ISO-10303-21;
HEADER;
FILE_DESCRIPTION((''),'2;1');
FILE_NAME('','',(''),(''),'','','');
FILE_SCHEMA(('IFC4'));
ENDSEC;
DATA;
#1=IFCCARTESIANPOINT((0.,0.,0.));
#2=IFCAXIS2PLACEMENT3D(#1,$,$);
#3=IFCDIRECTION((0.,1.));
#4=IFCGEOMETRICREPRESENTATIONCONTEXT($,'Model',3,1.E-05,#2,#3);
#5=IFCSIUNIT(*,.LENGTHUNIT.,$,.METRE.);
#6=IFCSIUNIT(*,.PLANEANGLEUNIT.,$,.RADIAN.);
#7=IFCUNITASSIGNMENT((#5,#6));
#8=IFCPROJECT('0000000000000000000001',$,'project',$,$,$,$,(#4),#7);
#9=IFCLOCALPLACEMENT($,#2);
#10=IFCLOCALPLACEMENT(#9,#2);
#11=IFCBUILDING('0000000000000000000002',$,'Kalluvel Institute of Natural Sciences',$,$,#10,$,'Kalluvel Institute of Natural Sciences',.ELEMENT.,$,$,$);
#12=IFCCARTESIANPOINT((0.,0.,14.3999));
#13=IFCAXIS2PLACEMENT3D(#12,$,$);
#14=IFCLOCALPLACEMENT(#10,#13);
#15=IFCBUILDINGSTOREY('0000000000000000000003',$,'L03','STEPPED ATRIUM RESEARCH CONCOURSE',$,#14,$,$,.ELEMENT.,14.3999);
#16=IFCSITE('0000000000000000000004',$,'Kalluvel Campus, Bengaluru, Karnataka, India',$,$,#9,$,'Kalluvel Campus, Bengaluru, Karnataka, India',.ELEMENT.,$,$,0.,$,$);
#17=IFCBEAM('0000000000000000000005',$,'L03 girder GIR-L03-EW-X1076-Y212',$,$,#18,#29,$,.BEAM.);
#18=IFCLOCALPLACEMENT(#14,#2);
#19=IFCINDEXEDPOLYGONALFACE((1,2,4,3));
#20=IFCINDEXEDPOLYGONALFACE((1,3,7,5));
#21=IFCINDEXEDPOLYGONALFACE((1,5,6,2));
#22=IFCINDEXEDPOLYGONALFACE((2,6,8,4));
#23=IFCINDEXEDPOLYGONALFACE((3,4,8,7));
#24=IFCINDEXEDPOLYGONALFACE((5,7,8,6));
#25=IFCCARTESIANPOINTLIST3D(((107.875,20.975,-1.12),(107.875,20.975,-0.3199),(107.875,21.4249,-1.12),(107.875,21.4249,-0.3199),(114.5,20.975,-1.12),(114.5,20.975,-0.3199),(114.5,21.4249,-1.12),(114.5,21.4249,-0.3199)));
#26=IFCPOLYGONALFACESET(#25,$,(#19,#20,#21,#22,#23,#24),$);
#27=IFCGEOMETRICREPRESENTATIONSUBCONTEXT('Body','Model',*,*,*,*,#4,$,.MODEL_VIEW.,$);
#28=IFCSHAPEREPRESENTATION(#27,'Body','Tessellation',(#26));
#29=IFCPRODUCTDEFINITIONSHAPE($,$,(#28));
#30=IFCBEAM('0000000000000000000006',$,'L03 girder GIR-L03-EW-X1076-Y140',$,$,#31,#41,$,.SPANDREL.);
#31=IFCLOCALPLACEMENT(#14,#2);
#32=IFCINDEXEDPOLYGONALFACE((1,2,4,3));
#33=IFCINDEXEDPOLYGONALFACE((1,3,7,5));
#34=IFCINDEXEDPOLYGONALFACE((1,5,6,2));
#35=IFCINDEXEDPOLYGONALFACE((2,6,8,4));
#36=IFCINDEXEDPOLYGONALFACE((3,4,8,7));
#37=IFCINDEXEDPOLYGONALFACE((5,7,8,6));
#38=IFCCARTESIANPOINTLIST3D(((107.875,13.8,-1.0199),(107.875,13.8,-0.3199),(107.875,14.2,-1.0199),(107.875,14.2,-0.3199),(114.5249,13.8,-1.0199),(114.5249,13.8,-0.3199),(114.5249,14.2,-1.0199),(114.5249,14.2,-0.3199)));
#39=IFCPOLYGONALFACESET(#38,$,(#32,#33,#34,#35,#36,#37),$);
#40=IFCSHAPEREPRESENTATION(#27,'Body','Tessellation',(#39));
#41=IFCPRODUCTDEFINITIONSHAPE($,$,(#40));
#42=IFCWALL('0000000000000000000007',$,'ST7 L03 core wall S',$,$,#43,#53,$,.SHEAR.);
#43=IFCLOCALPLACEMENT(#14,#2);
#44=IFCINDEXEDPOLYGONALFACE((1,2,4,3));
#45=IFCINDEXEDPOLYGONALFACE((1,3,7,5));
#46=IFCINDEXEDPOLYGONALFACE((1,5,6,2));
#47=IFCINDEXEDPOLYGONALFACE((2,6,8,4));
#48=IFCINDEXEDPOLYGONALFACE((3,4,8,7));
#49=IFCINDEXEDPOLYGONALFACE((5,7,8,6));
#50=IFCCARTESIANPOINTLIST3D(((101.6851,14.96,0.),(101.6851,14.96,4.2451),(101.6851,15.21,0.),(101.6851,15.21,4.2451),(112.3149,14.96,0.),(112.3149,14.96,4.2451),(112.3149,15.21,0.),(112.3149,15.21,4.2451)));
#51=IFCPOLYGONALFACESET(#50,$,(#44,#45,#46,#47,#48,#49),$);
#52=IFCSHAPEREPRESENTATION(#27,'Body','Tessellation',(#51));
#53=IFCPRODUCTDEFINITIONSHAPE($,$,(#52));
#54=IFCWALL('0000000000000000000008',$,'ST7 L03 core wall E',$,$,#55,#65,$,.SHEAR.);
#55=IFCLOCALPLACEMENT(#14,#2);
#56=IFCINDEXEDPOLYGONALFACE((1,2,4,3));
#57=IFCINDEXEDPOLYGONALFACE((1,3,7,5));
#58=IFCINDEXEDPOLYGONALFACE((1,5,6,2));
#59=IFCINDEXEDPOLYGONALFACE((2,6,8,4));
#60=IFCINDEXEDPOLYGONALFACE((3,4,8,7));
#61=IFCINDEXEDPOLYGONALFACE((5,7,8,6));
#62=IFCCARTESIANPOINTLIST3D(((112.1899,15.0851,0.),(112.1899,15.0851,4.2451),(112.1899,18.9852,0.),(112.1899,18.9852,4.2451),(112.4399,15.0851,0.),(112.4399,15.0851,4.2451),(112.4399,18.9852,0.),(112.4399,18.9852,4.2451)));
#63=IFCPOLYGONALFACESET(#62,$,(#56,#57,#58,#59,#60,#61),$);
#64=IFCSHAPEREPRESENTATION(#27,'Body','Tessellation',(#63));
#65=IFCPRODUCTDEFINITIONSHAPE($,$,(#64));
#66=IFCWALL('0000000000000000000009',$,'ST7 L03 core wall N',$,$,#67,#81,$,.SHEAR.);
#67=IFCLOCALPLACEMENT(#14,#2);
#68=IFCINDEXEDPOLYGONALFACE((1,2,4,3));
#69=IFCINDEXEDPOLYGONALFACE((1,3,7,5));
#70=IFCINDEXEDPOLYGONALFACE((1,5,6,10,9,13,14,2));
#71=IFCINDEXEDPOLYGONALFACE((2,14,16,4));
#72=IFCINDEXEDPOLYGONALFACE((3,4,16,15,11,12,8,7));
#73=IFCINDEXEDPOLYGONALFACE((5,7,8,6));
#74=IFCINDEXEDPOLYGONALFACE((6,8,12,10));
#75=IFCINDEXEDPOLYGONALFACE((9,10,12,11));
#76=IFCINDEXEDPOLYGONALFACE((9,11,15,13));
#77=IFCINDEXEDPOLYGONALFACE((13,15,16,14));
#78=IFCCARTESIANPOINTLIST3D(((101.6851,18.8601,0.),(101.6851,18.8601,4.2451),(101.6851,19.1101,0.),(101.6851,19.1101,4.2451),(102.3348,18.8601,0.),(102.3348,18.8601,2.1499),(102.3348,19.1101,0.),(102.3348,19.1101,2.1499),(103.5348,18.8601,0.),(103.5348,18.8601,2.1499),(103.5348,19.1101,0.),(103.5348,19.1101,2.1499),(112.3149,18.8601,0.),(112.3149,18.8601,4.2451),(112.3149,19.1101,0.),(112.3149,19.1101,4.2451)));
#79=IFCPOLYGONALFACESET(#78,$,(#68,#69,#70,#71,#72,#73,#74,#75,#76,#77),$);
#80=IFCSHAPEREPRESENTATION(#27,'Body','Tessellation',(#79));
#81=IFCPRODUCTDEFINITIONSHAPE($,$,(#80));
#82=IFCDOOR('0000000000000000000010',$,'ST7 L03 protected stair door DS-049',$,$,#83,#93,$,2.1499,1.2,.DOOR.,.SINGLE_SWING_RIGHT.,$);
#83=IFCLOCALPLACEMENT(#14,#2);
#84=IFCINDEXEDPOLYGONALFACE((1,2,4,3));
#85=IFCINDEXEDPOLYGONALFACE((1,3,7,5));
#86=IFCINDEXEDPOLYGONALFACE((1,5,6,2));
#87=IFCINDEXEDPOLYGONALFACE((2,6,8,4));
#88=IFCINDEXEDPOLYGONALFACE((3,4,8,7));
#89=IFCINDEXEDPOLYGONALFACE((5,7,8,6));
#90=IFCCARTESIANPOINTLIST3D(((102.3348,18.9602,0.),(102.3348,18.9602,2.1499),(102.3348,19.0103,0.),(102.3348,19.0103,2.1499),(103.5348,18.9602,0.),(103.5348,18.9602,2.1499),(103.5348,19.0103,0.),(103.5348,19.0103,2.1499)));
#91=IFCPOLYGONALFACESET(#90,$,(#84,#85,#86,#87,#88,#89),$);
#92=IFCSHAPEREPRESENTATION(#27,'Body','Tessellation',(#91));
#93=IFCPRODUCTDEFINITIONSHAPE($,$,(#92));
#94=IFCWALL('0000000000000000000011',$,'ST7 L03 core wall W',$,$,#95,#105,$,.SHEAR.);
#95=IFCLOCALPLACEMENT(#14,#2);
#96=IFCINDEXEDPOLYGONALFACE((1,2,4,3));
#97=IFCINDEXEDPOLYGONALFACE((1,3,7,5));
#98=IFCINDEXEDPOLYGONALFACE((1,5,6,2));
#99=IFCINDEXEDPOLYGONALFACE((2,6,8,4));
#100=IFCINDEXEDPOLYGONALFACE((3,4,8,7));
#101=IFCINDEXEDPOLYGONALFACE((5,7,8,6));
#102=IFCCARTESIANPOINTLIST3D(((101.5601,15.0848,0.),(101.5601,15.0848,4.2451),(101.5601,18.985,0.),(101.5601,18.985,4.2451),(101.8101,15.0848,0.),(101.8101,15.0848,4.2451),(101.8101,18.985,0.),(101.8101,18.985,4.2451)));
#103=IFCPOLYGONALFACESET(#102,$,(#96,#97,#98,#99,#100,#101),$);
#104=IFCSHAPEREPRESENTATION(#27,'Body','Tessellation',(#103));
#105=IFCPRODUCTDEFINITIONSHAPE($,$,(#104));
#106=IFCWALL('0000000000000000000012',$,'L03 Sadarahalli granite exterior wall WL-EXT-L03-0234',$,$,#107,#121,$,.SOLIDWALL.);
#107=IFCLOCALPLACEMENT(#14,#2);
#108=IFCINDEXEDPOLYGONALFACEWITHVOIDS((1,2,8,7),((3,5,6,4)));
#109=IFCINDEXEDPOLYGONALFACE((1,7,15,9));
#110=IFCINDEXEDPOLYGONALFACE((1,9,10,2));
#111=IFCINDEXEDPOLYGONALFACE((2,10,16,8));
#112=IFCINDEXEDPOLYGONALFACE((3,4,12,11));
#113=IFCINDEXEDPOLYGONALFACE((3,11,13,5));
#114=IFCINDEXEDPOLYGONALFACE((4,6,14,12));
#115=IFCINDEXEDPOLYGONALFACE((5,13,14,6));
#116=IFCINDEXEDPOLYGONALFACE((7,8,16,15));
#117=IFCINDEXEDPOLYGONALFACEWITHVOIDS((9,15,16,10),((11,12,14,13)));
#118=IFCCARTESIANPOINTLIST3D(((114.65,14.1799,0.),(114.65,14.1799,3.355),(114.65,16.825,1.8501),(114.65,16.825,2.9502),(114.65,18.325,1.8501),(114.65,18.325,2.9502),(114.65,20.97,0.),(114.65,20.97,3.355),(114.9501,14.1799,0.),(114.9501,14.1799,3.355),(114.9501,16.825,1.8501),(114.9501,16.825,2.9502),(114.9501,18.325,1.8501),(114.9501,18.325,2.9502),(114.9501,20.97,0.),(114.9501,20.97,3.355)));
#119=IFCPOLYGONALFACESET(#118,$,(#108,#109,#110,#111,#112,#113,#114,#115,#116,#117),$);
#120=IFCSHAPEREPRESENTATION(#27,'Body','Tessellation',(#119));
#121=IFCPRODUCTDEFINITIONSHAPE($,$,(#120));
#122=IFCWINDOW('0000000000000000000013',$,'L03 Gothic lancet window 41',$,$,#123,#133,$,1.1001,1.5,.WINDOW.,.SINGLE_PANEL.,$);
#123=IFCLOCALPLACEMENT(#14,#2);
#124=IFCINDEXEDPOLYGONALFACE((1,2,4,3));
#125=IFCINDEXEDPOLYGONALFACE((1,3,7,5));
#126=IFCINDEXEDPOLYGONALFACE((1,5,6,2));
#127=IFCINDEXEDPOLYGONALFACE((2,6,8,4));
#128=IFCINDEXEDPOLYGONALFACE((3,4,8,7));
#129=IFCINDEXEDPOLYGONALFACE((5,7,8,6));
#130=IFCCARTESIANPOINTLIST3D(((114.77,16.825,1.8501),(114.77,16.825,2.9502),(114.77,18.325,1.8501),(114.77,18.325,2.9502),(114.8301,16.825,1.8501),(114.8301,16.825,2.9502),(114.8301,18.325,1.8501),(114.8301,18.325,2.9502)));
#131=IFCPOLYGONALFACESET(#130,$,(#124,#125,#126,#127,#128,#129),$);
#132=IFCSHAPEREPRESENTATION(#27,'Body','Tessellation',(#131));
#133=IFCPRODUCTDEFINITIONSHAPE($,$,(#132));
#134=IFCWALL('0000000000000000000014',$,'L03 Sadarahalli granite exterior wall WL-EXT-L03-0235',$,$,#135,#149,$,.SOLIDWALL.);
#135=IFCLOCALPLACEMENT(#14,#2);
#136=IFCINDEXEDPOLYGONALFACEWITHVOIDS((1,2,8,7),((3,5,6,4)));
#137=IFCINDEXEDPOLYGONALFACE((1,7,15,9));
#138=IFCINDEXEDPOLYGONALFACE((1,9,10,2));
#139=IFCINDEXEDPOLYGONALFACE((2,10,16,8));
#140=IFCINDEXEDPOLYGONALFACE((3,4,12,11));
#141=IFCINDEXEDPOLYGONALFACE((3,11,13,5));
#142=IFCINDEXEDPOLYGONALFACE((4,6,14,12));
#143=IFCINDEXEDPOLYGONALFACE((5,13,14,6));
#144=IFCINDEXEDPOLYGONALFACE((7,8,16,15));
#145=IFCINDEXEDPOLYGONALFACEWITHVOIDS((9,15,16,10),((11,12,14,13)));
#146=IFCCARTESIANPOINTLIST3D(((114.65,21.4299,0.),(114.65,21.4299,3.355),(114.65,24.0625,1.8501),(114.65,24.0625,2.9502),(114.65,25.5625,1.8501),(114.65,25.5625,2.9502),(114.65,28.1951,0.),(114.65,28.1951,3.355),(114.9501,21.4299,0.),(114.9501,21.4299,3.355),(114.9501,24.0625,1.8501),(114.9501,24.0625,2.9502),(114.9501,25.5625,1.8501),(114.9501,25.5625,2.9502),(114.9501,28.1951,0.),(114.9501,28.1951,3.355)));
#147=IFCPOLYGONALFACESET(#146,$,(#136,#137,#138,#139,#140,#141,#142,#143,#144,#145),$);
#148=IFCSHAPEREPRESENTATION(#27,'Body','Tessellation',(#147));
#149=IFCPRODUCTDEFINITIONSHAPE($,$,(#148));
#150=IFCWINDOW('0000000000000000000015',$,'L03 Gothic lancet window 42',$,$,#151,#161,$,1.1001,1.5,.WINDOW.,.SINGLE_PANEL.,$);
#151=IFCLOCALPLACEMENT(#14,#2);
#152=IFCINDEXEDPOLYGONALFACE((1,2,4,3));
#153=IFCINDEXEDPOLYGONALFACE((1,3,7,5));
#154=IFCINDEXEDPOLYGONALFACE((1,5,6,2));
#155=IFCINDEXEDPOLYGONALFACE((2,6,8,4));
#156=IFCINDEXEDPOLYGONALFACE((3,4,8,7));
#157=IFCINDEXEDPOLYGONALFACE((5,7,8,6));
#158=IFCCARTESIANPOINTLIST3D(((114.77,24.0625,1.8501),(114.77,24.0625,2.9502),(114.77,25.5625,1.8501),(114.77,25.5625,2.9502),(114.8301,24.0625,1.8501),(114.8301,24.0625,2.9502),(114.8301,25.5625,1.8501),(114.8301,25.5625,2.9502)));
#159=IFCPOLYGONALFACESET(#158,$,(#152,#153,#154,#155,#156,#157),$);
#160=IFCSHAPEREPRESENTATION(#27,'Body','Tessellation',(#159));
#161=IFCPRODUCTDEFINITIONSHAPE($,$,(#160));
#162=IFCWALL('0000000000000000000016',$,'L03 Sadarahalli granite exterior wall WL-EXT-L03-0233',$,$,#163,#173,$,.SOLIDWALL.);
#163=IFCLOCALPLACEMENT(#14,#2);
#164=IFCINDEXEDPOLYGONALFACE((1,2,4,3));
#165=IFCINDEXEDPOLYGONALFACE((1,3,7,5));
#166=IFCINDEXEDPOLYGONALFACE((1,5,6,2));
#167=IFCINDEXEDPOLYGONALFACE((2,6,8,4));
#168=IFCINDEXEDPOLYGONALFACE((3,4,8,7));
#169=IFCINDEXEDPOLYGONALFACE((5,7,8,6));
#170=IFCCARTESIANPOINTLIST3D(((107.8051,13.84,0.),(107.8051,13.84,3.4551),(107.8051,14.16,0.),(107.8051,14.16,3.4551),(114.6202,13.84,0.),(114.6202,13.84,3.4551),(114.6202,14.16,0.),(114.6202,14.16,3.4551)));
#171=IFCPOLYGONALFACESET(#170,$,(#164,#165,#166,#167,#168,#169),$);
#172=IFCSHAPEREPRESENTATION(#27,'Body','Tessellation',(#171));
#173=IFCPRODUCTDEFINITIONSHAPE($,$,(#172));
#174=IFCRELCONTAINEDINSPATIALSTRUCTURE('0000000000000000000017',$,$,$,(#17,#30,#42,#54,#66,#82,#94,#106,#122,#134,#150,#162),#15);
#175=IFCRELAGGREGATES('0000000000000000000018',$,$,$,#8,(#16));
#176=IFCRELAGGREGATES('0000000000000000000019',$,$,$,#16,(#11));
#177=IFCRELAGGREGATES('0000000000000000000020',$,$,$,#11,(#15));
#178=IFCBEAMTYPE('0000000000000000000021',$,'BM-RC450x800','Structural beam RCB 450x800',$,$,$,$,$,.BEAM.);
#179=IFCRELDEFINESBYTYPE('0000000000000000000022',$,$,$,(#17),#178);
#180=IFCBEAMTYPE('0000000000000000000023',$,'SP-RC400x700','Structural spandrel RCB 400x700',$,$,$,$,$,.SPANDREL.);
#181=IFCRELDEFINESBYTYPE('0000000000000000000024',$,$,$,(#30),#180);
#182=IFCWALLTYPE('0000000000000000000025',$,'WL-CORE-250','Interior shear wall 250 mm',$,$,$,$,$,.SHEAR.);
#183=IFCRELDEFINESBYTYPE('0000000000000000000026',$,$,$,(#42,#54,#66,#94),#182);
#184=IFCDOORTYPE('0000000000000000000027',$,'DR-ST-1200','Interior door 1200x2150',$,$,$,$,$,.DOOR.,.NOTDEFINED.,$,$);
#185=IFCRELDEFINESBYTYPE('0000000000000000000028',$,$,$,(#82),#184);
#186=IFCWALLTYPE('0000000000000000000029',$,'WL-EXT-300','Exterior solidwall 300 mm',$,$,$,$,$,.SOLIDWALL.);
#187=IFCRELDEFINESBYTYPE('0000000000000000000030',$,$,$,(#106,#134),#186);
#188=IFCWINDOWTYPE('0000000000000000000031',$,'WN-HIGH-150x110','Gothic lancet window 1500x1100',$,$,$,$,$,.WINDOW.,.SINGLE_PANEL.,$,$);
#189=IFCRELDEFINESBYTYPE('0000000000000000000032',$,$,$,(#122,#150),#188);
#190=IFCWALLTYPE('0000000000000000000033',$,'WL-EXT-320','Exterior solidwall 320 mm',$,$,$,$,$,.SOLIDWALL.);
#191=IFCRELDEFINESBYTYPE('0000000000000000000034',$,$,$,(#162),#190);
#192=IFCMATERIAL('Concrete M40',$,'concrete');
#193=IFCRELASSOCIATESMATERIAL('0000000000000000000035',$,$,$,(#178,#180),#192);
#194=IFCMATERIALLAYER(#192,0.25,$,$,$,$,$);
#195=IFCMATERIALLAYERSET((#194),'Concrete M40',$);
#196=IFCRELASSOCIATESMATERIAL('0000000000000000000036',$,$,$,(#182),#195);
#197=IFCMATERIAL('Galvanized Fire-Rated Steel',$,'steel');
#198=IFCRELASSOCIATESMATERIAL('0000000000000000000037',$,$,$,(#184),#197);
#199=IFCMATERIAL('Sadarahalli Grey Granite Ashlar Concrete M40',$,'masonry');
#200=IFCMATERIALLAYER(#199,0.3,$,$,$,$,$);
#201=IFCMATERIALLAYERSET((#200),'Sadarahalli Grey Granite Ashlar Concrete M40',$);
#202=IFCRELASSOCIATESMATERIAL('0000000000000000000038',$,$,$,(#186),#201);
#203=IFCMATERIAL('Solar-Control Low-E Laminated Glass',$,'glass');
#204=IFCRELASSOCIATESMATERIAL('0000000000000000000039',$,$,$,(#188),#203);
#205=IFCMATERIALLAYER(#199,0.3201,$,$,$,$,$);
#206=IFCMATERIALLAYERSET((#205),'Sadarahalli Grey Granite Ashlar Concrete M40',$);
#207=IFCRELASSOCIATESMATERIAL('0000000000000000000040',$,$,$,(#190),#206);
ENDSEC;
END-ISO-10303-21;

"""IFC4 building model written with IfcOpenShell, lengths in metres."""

from ifc_helpers import new_model, si_unit, direction, frame, frame_2d, origin, origin_2d, place, context, subcontext, project, spatial, rectangle, extrude, material, layer, layer_set, material_profile, profile_set, type_object, element, fill, save


model = new_model("IFC4")

# Units and contexts
model_context = context("Model", 3, precision=1e-05, world=origin(), true_north=direction((0.0, 1.0)))
body_context = subcontext(model_context, "Body", "Model", "MODEL_VIEW")
ifc_project = project(units=[si_unit("LENGTHUNIT", "METRE"), si_unit("PLANEANGLEUNIT", "RADIAN")], contexts=[model_context])

# Site, building, storey
site_placement = place(None, origin())
site = spatial("IfcSite", under=ifc_project, at=site_placement, Name="Kalluvel Campus, Bengaluru, Karnataka, India", LongName="Kalluvel Campus, Bengaluru, Karnataka, India", CompositionType="ELEMENT", RefElevation=0.0)
building_placement = place(site_placement, origin())
building = spatial("IfcBuilding", under=site, at=building_placement, Name="Kalluvel Institute of Natural Sciences", LongName="Kalluvel Institute of Natural Sciences", CompositionType="ELEMENT")
storey_placement = place(building_placement, frame((0.0, 0.0, 14.3999)))
storey = spatial("IfcBuildingStorey", under=building, at=storey_placement, Name="L03", Description="STEPPED ATRIUM RESEARCH CONCOURSE", CompositionType="ELEMENT", Elevation=14.3999)

# Shared definitions
ifc_material_1 = material(Name="Concrete M40", Category="concrete")

# Beams
ifc_material_profile_1 = material_profile(ifc_material_1, rectangle(XDim=0.45, YDim=0.8, at=origin_2d()), Name="RCB 450x800")
ifc_profile_set_1 = profile_set([ifc_material_profile_1], Name="Concrete M40")
beam_type_1 = type_object("IfcBeamType", Name="BM-RC450x800", Description="Structural beam RCB 450x800", PredefinedType="BEAM", material=ifc_profile_set_1)
beam_1_placement = place(storey_placement, frame((107.875, 21.2, -0.72), z_axis=(1.0, 0.0, 0.0), x_axis=(0.0, 1.0, 0.0)))
element("IfcBeam", 1, at=beam_1_placement, inside=storey, type_object=beam_type_1, Name="L03 girder GIR-L03-EW-X1076-Y212", PredefinedType="BEAM", context=body_context, shape_type="SweptSolid", body=[
    extrude(rectangle(XDim=0.45, YDim=0.8, at=origin_2d()), origin(), (0.0, 0.0, 1.0), 6.625),
])
ifc_material_profile_2 = material_profile(ifc_material_1, rectangle(XDim=0.3999, YDim=0.7, at=origin_2d()), Name="RCB 400x700")
ifc_profile_set_2 = profile_set([ifc_material_profile_2], Name="Concrete M40")
beam_type_2 = type_object("IfcBeamType", Name="SP-RC400x700", Description="Structural spandrel RCB 400x700", PredefinedType="SPANDREL", material=ifc_profile_set_2)
beam_2_placement = place(storey_placement, frame((107.875, 14.0, -0.6699), z_axis=(1.0, 0.0, 0.0), x_axis=(0.0, 1.0, 0.0)))
element("IfcBeam", 2, at=beam_2_placement, inside=storey, type_object=beam_type_2, Name="L03 girder GIR-L03-EW-X1076-Y140", PredefinedType="SPANDREL", context=body_context, shape_type="SweptSolid", body=[
    extrude(rectangle(XDim=0.3999, YDim=0.7, at=origin_2d()), origin(), (0.0, 0.0, 1.0), 6.6499),
])

# Walls
ifc_layer_1 = layer(ifc_material_1, 0.25)
ifc_layer_set_1 = layer_set([ifc_layer_1], Name="Concrete M40")
wall_type_1 = type_object("IfcWallType", Name="WL-CORE-250", Description="Interior shear wall 250 mm", PredefinedType="SHEAR", material=ifc_layer_set_1)
wall_1_placement = place(storey_placement, frame((101.6851, 15.085, 0.0), z_axis=(0.0, 0.0, 1.0), x_axis=(1.0, 0.0, 0.0)))
element("IfcWall", 3, at=wall_1_placement, inside=storey, type_object=wall_type_1, Name="ST7 L03 core wall S", PredefinedType="SHEAR", context=body_context, shape_type="SweptSolid", body=[
    extrude(rectangle(XDim=10.6299, YDim=0.25, at=frame_2d((5.3149, 0.0))), origin(), (0.0, 0.0, 1.0), 4.2451),
])
wall_2_placement = place(storey_placement, frame((112.3149, 15.085, 0.0), z_axis=(0.0, 0.0, 1.0), x_axis=(0.0, 1.0, 0.0)))
element("IfcWall", 4, at=wall_2_placement, inside=storey, type_object=wall_type_1, Name="ST7 L03 core wall E", PredefinedType="SHEAR", context=body_context, shape_type="SweptSolid", body=[
    extrude(rectangle(XDim=3.9001, YDim=0.25, at=frame_2d((1.9502, 0.0))), origin(), (0.0, 0.0, 1.0), 4.2451),
])

# Wall, opening, door
wall_3_placement = place(storey_placement, frame((112.3149, 18.9851, 0.0), z_axis=(0.0, 0.0, 1.0), x_axis=(-1.0, 0.0, 0.0)))
wall_3 = element("IfcWall", 5, at=wall_3_placement, inside=storey, type_object=wall_type_1, Name="ST7 L03 core wall N", PredefinedType="SHEAR", context=body_context, shape_type="SweptSolid", body=[
    extrude(rectangle(XDim=10.6299, YDim=0.25, at=frame_2d((5.3149, 0.0))), origin(), (0.0, 0.0, 1.0), 4.2451),
])
opening_1_placement = place(wall_3_placement, frame((8.78, 0.0, 0.0)))
opening_1 = element("IfcOpeningElement", 6, at=opening_1_placement, cuts=wall_3, PredefinedType="OPENING", context=body_context, shape_type="SweptSolid", body=[
    extrude(rectangle(XDim=1.2, YDim=2.1499, at=frame_2d((0.6001, 1.075))), frame((0.0, 0.135, 0.0), z_axis=(0.0, -1.0, 0.0), x_axis=(1.0, 0.0, 0.0)), (0.0, 0.0, 1.0), 0.27),
])
ifc_material_2 = material(Name="Galvanized Fire-Rated Steel", Category="steel")
door_type_1 = type_object("IfcDoorType", Name="DR-ST-1200", Description="Interior door 1200x2150", OperationType="NOTDEFINED", PredefinedType="DOOR", material=ifc_material_2)
door_1_placement = place(opening_1_placement, origin())
door_1 = element("IfcDoor", 7, at=door_1_placement, inside=storey, type_object=door_type_1, Name="ST7 L03 protected stair door DS-049", OperationType="SINGLE_SWING_RIGHT", OverallHeight=2.1499, OverallWidth=1.2, PredefinedType="DOOR", context=body_context, shape_type="SweptSolid", body=[
    extrude(rectangle(XDim=1.2, YDim=2.1499, at=frame_2d((0.6001, 1.075))), frame((0.0, 0.0249, 0.0), z_axis=(0.0, -1.0, 0.0), x_axis=(1.0, 0.0, 0.0)), (0.0, 0.0, 1.0), 0.05),
])
fill(opening_1, door_1)

# Wall
wall_4_placement = place(storey_placement, frame((101.6851, 18.9851, 0.0), z_axis=(0.0, 0.0, 1.0), x_axis=(0.0, -1.0, 0.0)))
element("IfcWall", 8, at=wall_4_placement, inside=storey, type_object=wall_type_1, Name="ST7 L03 core wall W", PredefinedType="SHEAR", context=body_context, shape_type="SweptSolid", body=[
    extrude(rectangle(XDim=3.9001, YDim=0.25, at=frame_2d((1.9502, 0.0))), origin(), (0.0, 0.0, 1.0), 4.2451),
])

# Walls, openings, windows
ifc_material_3 = material(Name="Sadarahalli Grey Granite Ashlar Concrete M40", Category="masonry")
ifc_layer_2 = layer(ifc_material_3, 0.3)
ifc_layer_set_2 = layer_set([ifc_layer_2], Name="Sadarahalli Grey Granite Ashlar Concrete M40")
wall_type_2 = type_object("IfcWallType", Name="WL-EXT-300", Description="Exterior solidwall 300 mm", PredefinedType="SOLIDWALL", material=ifc_layer_set_2)
wall_5_placement = place(storey_placement, frame((114.8, 14.1799, 0.0), z_axis=(0.0, 0.0, 1.0), x_axis=(0.0, 1.0, 0.0)))
wall_5 = element("IfcWall", 9, at=wall_5_placement, inside=storey, type_object=wall_type_2, Name="L03 Sadarahalli granite exterior wall WL-EXT-L03-0234", PredefinedType="SOLIDWALL", context=body_context, shape_type="SweptSolid", body=[
    extrude(rectangle(XDim=6.79, YDim=0.3, at=frame_2d((3.395, 0.0))), origin(), (0.0, 0.0, 1.0), 3.355),
])
opening_2_placement = place(wall_5_placement, frame((2.645, 0.0, 1.8501)))
opening_2 = element("IfcOpeningElement", 10, at=opening_2_placement, cuts=wall_5, PredefinedType="OPENING", context=body_context, shape_type="SweptSolid", body=[
    extrude(rectangle(XDim=1.5, YDim=1.1001, at=frame_2d((0.75, 0.55))), frame((0.0, 0.1599, 0.0), z_axis=(0.0, -1.0, 0.0), x_axis=(1.0, 0.0, 0.0)), (0.0, 0.0, 1.0), 0.3201),
])
ifc_material_4 = material(Name="Solar-Control Low-E Laminated Glass", Category="glass")
window_type = type_object("IfcWindowType", Name="WN-HIGH-150x110", Description="Gothic lancet window 1500x1100", PartitioningType="SINGLE_PANEL", PredefinedType="WINDOW", material=ifc_material_4)
window_1_placement = place(opening_2_placement, origin())
window_1 = element("IfcWindow", 11, at=window_1_placement, inside=storey, type_object=window_type, Name="L03 Gothic lancet window 41", OverallHeight=1.1001, OverallWidth=1.5, PartitioningType="SINGLE_PANEL", PredefinedType="WINDOW", context=body_context, shape_type="SweptSolid", body=[
    extrude(rectangle(XDim=1.5, YDim=1.1001, at=frame_2d((0.75, 0.55))), frame((0.0, 0.03, 0.0), z_axis=(0.0, -1.0, 0.0), x_axis=(1.0, 0.0, 0.0)), (0.0, 0.0, 1.0), 0.0601),
])
fill(opening_2, window_1)
wall_6_placement = place(storey_placement, frame((114.8, 21.4299, 0.0), z_axis=(0.0, 0.0, 1.0), x_axis=(0.0, 1.0, 0.0)))
wall_6 = element("IfcWall", 12, at=wall_6_placement, inside=storey, type_object=wall_type_2, Name="L03 Sadarahalli granite exterior wall WL-EXT-L03-0235", PredefinedType="SOLIDWALL", context=body_context, shape_type="SweptSolid", body=[
    extrude(rectangle(XDim=6.7651, YDim=0.3, at=frame_2d((3.3826, 0.0))), origin(), (0.0, 0.0, 1.0), 3.355),
])
opening_3_placement = place(wall_6_placement, frame((2.6326, 0.0, 1.8501)))
opening_3 = element("IfcOpeningElement", 13, at=opening_3_placement, cuts=wall_6, PredefinedType="OPENING", context=body_context, shape_type="SweptSolid", body=[
    extrude(rectangle(XDim=1.5, YDim=1.1001, at=frame_2d((0.75, 0.55))), frame((0.0, 0.1599, 0.0), z_axis=(0.0, -1.0, 0.0), x_axis=(1.0, 0.0, 0.0)), (0.0, 0.0, 1.0), 0.3201),
])
window_2_placement = place(opening_3_placement, origin())
window_2 = element("IfcWindow", 14, at=window_2_placement, inside=storey, type_object=window_type, Name="L03 Gothic lancet window 42", OverallHeight=1.1001, OverallWidth=1.5, PartitioningType="SINGLE_PANEL", PredefinedType="WINDOW", context=body_context, shape_type="SweptSolid", body=[
    extrude(rectangle(XDim=1.5, YDim=1.1001, at=frame_2d((0.75, 0.55))), frame((0.0, 0.03, 0.0), z_axis=(0.0, -1.0, 0.0), x_axis=(1.0, 0.0, 0.0)), (0.0, 0.0, 1.0), 0.0601),
])
fill(opening_3, window_2)

# Wall
ifc_layer_3 = layer(ifc_material_3, 0.3201)
ifc_layer_set_3 = layer_set([ifc_layer_3], Name="Sadarahalli Grey Granite Ashlar Concrete M40")
wall_type_3 = type_object("IfcWallType", Name="WL-EXT-320", Description="Exterior solidwall 320 mm", PredefinedType="SOLIDWALL", material=ifc_layer_set_3)
wall_7_placement = place(storey_placement, frame((107.8049, 14.0, 0.0), z_axis=(0.0, 0.0, 1.0), x_axis=(1.0, 0.0, 0.0)))
element("IfcWall", 15, at=wall_7_placement, inside=storey, type_object=wall_type_3, Name="L03 Sadarahalli granite exterior wall WL-EXT-L03-0233", PredefinedType="SOLIDWALL", context=body_context, shape_type="SweptSolid", body=[
    extrude(rectangle(XDim=6.8152, YDim=0.3201, at=frame_2d((3.4077, 0.0))), origin(), (0.0, 0.0, 1.0), 3.4551),
])

save(model, "model.ifc")
